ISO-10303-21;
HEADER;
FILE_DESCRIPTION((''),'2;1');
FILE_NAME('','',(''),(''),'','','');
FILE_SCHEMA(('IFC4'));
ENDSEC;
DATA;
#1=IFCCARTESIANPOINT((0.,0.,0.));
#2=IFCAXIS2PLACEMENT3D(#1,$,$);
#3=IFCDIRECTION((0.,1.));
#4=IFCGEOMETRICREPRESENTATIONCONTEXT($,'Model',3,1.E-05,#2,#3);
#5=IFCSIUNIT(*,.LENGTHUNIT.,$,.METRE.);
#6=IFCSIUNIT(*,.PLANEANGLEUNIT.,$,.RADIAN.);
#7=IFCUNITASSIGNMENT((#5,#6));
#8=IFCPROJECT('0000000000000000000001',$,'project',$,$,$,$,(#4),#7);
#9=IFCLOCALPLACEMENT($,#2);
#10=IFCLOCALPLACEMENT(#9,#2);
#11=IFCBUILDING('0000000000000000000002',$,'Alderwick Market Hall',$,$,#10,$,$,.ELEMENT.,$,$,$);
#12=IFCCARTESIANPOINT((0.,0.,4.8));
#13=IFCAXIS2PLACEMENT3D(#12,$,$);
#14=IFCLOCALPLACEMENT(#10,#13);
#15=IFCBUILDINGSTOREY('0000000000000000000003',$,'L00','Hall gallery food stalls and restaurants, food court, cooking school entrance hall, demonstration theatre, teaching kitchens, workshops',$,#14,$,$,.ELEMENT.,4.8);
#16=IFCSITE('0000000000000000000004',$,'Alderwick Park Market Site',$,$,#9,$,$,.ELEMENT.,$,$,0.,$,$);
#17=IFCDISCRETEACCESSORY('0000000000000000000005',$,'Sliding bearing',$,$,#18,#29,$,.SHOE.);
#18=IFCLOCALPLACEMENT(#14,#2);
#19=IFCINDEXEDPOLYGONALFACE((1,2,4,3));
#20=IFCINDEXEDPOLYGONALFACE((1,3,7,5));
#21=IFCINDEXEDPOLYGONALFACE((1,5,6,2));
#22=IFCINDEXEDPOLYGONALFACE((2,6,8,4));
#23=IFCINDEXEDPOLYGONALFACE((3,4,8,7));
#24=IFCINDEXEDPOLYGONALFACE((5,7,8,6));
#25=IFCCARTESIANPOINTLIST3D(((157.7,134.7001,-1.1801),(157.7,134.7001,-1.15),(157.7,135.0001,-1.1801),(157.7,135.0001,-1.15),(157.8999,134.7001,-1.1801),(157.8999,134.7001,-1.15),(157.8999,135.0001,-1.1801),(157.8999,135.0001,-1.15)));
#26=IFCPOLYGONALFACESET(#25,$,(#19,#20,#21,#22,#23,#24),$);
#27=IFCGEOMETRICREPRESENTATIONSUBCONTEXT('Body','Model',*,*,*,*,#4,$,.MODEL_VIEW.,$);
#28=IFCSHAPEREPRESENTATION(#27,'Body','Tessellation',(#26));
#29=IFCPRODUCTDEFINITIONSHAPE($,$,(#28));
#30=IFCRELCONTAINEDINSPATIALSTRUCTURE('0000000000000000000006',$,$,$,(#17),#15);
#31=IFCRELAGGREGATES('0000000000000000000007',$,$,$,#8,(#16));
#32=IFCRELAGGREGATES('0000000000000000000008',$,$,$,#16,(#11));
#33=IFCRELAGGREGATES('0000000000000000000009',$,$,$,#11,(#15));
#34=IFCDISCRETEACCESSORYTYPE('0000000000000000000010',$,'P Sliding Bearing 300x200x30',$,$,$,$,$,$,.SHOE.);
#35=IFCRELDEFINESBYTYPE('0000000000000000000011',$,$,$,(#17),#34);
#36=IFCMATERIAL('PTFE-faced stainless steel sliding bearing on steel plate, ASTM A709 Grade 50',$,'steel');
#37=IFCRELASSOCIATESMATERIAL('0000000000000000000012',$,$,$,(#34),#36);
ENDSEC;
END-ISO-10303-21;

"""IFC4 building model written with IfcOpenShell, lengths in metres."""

from ifc_helpers import new_model, si_unit, direction, frame, origin, origin_2d, place, context, subcontext, project, spatial, rectangle, extrude, material, material_profile, profile_set, type_object, element, save


model = new_model("IFC4")

# Units and contexts
model_context = context("Model", 3, precision=1e-05, world=origin(), true_north=direction((0.0, 1.0)))
body_context = subcontext(model_context, "Body", "Model", "MODEL_VIEW")
ifc_project = project(units=[si_unit("LENGTHUNIT", "METRE"), si_unit("PLANEANGLEUNIT", "RADIAN")], contexts=[model_context])

# Site, building, storey
site_placement = place(None, origin())
site = spatial("IfcSite", under=ifc_project, at=site_placement, Name="Alderwick Park Market Site", CompositionType="ELEMENT", RefElevation=0.0)
building_placement = place(site_placement, origin())
building = spatial("IfcBuilding", under=site, at=building_placement, Name="Alderwick Market Hall", CompositionType="ELEMENT")
storey_placement = place(building_placement, frame((0.0, 0.0, 4.8)))
storey = spatial("IfcBuildingStorey", under=building, at=storey_placement, Name="L00", Description="Hall gallery food stalls and restaurants, food court, cooking school entrance hall, demonstration theatre, teaching kitchens, workshops", CompositionType="ELEMENT", Elevation=4.8)

# Discrete accessory
ifc_material_1 = material(Name="PTFE-faced stainless steel sliding bearing on steel plate, ASTM A709 Grade 50", Category="steel")
ifc_material_profile_1 = material_profile(ifc_material_1, rectangle(XDim=0.3, YDim=0.03, at=origin_2d()), Name="P Sliding Bearing 300x200x30")
ifc_profile_set_1 = profile_set([ifc_material_profile_1], Name="PTFE-faced stainless steel sliding bearing on steel plate, ASTM A709 Grade 50")
discrete_accessory_type = type_object("IfcDiscreteAccessoryType", Name="P Sliding Bearing 300x200x30", PredefinedType="SHOE", material=ifc_profile_set_1)
discrete_accessory_placement = place(storey_placement, frame((157.7, 134.8501, -1.165), z_axis=(1.0, 0.0, 0.0), x_axis=(0.0, 1.0, 0.0)))
element("IfcDiscreteAccessory", 1, at=discrete_accessory_placement, inside=storey, type_object=discrete_accessory_type, Name="Sliding bearing", PredefinedType="SHOE", context=body_context, shape_type="SweptSolid", body=[
    extrude(rectangle(XDim=0.3, YDim=0.03, at=origin_2d()), origin(), (0.0, 0.0, 1.0), 0.2),
])

save(model, "model.ifc")
